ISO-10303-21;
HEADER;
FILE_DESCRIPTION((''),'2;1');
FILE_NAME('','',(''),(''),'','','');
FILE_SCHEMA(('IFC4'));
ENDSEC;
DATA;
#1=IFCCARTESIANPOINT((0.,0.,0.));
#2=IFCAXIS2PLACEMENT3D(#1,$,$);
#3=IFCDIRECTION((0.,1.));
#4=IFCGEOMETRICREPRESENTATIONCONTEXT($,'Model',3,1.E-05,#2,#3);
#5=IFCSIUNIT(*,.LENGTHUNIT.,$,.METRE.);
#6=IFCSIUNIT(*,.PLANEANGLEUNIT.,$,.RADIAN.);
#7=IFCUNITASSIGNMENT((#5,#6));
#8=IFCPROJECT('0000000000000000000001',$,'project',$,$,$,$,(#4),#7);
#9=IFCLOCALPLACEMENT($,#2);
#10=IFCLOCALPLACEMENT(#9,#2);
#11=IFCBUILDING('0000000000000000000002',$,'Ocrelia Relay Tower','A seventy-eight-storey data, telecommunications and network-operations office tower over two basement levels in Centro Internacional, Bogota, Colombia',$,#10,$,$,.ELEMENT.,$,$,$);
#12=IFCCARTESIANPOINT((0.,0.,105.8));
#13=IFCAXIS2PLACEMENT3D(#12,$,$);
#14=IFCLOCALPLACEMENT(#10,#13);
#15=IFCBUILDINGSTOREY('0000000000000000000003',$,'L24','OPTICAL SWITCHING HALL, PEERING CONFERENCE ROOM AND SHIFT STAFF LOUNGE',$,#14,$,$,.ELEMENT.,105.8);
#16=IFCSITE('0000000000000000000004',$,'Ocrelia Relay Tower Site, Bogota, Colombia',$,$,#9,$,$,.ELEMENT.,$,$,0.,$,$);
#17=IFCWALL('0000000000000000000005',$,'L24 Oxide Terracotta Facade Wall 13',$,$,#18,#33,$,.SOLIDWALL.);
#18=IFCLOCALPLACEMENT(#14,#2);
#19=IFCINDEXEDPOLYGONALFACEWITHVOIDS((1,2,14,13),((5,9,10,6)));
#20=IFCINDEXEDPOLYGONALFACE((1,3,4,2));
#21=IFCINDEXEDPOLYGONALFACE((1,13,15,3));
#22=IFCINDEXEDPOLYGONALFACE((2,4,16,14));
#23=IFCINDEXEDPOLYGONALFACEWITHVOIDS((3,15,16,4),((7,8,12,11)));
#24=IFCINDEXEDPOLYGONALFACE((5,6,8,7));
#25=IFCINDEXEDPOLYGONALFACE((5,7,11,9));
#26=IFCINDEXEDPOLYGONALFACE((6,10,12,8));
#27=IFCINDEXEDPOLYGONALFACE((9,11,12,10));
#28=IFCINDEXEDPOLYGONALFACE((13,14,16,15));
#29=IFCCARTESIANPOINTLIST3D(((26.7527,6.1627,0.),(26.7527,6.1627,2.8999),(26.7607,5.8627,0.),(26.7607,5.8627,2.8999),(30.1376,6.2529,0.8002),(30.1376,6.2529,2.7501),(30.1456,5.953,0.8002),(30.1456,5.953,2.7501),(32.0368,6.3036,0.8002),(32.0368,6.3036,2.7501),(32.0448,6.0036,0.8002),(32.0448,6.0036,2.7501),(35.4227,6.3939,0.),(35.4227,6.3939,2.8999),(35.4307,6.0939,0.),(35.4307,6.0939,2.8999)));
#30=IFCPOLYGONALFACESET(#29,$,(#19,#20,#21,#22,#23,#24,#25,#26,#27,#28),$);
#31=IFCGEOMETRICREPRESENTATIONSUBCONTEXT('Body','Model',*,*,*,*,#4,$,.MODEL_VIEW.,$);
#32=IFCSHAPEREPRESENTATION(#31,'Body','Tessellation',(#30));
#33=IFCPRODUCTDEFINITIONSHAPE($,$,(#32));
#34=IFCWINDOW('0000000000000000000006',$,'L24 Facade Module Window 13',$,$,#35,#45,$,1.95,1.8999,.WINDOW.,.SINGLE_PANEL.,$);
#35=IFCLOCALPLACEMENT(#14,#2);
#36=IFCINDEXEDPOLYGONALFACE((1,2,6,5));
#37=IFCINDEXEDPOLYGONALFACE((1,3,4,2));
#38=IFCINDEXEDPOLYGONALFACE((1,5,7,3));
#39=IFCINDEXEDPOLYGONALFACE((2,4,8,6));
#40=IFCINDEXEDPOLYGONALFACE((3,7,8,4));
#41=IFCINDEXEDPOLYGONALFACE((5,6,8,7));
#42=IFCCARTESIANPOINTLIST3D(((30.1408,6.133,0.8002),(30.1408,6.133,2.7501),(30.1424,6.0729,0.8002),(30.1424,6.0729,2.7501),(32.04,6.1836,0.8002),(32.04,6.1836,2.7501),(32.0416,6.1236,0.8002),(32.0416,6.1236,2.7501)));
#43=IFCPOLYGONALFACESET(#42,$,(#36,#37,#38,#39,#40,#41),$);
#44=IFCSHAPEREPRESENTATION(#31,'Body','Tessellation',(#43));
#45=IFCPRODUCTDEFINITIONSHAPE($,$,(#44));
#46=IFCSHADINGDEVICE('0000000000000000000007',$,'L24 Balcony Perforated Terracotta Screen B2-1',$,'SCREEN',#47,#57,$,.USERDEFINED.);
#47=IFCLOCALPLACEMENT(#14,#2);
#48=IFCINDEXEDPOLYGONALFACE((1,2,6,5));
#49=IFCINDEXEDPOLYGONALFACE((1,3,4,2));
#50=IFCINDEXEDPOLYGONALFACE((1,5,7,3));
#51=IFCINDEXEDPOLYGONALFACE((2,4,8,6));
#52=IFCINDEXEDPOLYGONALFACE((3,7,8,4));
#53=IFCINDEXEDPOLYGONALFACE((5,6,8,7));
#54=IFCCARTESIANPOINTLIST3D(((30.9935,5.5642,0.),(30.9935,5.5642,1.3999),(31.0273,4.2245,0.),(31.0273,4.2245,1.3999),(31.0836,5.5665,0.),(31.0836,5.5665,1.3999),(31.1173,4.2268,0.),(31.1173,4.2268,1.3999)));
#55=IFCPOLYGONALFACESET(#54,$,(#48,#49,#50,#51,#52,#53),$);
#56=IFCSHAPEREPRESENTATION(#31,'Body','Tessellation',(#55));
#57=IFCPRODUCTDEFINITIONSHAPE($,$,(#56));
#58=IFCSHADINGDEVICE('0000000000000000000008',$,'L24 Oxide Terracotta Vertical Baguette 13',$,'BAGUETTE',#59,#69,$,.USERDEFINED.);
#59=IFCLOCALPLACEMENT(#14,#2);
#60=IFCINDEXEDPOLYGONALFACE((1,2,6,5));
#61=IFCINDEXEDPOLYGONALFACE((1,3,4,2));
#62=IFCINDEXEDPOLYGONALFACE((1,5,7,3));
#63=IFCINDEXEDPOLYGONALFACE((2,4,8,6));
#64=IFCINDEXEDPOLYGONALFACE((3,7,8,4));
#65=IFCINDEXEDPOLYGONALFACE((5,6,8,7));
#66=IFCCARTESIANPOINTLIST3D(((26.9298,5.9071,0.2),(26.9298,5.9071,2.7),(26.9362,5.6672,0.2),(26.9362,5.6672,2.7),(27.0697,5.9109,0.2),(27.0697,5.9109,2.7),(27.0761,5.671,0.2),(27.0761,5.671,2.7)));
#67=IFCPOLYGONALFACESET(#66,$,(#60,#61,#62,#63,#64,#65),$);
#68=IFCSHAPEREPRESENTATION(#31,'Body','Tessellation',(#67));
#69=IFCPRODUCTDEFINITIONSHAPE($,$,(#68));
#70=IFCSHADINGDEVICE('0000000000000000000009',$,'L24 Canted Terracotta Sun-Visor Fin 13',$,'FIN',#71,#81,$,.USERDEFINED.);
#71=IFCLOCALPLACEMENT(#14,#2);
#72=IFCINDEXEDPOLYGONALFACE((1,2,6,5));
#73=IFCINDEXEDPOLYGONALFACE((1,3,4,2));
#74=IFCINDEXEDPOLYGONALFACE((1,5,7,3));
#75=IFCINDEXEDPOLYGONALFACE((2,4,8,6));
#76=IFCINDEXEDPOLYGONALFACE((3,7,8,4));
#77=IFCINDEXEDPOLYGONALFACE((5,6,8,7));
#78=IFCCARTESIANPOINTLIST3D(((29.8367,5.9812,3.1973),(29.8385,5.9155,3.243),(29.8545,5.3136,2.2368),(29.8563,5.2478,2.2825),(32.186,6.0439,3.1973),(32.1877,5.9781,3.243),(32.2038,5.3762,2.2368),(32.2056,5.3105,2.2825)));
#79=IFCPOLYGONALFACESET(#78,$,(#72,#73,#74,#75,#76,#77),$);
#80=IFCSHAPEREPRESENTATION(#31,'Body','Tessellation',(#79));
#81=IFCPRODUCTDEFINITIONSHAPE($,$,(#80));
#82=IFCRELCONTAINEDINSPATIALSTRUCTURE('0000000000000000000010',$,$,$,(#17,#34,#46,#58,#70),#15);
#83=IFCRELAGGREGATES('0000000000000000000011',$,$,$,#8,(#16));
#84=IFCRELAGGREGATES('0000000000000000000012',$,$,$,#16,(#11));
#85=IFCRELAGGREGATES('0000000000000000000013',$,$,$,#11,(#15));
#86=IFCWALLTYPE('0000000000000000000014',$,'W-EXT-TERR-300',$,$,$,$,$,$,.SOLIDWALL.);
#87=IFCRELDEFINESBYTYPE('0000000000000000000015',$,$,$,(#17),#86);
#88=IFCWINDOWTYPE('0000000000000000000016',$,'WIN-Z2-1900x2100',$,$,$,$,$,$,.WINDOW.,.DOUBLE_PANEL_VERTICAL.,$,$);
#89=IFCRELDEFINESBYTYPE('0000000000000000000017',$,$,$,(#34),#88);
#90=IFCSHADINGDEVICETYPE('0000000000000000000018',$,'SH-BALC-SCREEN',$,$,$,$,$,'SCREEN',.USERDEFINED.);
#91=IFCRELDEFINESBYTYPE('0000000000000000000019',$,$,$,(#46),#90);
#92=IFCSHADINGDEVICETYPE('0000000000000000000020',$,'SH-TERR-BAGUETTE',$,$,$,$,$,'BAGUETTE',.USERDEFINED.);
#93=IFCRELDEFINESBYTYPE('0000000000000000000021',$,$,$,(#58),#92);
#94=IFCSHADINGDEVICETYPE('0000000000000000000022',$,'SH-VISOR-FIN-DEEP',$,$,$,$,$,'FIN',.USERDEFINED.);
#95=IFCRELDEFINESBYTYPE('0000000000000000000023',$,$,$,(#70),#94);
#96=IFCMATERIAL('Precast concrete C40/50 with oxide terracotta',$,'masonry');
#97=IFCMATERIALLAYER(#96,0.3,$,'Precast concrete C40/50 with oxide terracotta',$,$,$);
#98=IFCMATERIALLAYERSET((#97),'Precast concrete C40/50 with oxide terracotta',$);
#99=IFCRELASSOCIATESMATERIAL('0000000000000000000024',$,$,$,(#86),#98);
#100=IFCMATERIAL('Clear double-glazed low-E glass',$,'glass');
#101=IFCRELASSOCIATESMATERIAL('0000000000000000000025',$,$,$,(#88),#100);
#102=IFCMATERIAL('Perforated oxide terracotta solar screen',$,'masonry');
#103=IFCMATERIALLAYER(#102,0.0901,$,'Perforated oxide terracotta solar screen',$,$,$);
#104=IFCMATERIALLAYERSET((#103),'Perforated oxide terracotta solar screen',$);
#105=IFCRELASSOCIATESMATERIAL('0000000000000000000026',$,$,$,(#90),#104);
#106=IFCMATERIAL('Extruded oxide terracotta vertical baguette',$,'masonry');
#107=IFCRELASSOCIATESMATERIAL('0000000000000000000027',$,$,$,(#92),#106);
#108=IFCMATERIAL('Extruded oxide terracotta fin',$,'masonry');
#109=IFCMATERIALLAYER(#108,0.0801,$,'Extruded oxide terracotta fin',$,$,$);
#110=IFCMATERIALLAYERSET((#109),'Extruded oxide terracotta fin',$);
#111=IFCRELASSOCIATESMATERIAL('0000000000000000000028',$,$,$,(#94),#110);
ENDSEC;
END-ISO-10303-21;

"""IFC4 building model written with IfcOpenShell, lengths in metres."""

from ifc_helpers import new_model, si_unit, direction, frame, frame_2d, origin, origin_2d, place, context, subcontext, project, spatial, rectangle, extrude, material, layer, layer_set, type_object, element, fill, save


model = new_model("IFC4")

# Units and contexts
model_context = context("Model", 3, precision=1e-05, world=origin(), true_north=direction((0.0, 1.0)))
body_context = subcontext(model_context, "Body", "Model", "MODEL_VIEW")
ifc_project = project(units=[si_unit("LENGTHUNIT", "METRE"), si_unit("PLANEANGLEUNIT", "RADIAN")], contexts=[model_context])

# Site, building, storey
site_placement = place(None, origin())
site = spatial("IfcSite", under=ifc_project, at=site_placement, Name="Ocrelia Relay Tower Site, Bogota, Colombia", CompositionType="ELEMENT", RefElevation=0.0)
building_placement = place(site_placement, origin())
building = spatial("IfcBuilding", under=site, at=building_placement, Name="Ocrelia Relay Tower", Description="A seventy-eight-storey data, telecommunications and network-operations office tower over two basement levels in Centro Internacional, Bogota, Colombia", CompositionType="ELEMENT")
storey_placement = place(building_placement, frame((0.0, 0.0, 105.8)))
storey = spatial("IfcBuildingStorey", under=building, at=storey_placement, Name="L24", Description="OPTICAL SWITCHING HALL, PEERING CONFERENCE ROOM AND SHIFT STAFF LOUNGE", CompositionType="ELEMENT", Elevation=105.8)

# Wall, opening, window
ifc_material_1 = material(Name="Precast concrete C40/50 with oxide terracotta", Category="masonry")
ifc_layer_1 = layer(ifc_material_1, 0.3, Name="Precast concrete C40/50 with oxide terracotta")
ifc_layer_set_1 = layer_set([ifc_layer_1], Name="Precast concrete C40/50 with oxide terracotta")
wall_type_1 = type_object("IfcWallType", Name="W-EXT-TERR-300", PredefinedType="SOLIDWALL", material=ifc_layer_set_1)
wall_1_placement = place(storey_placement, frame((26.7568, 6.0127, 0.0), z_axis=(0.0, 0.0, 1.0), x_axis=(0.999645, 0.026658, 0.0)))
wall_1 = element("IfcWall", 1, at=wall_1_placement, inside=storey, type_object=wall_type_1, Name="L24 Oxide Terracotta Facade Wall 13", PredefinedType="SOLIDWALL", context=body_context, shape_type="SweptSolid", body=[
    extrude(rectangle(XDim=8.6731, YDim=0.3, at=frame_2d((4.3364, 0.0))), origin(), (0.0, 0.0, 1.0), 2.8999),
])
opening_1_placement = place(wall_1_placement, frame((3.386, 0.0, 0.8)))
opening_1 = element("IfcOpeningElement", 2, at=opening_1_placement, cuts=wall_1, PredefinedType="OPENING", context=body_context, shape_type="SweptSolid", body=[
    extrude(rectangle(XDim=1.8999, YDim=1.95, at=frame_2d((0.95, 0.9751))), frame((0.0, 0.1602, 0.0), z_axis=(0.0, -1.0, 0.0), x_axis=(1.0, 0.0, 0.0)), (0.0, 0.0, 1.0), 0.3201),
])
ifc_material_2 = material(Name="Clear double-glazed low-E glass", Category="glass")
window_type = type_object("IfcWindowType", Name="WIN-Z2-1900x2100", PartitioningType="DOUBLE_PANEL_VERTICAL", PredefinedType="WINDOW", material=ifc_material_2)
window_placement = place(opening_1_placement, origin())
window = element("IfcWindow", 3, at=window_placement, inside=storey, type_object=window_type, Name="L24 Facade Module Window 13", OverallHeight=1.95, OverallWidth=1.8999, PartitioningType="SINGLE_PANEL", PredefinedType="WINDOW", context=body_context, shape_type="SweptSolid", body=[
    extrude(rectangle(XDim=1.8999, YDim=1.95, at=frame_2d((0.95, 0.9751))), frame((0.0, 0.03, 0.0), z_axis=(0.0, -1.0, 0.0), x_axis=(1.0, 0.0, 0.0)), (0.0, 0.0, 1.0), 0.0601),
])
fill(opening_1, window)

# Shading devices
ifc_material_3 = material(Name="Perforated oxide terracotta solar screen", Category="masonry")
ifc_layer_2 = layer(ifc_material_3, 0.0901, Name="Perforated oxide terracotta solar screen")
ifc_layer_set_2 = layer_set([ifc_layer_2], Name="Perforated oxide terracotta solar screen")
shading_device_type_1 = type_object("IfcShadingDeviceType", Name="SH-BALC-SCREEN", ElementType="SCREEN", PredefinedType="USERDEFINED", material=ifc_layer_set_2)
shading_device_1_placement = place(storey_placement, frame((31.0554, 4.8955, 0.0), z_axis=(0.0, 0.0, 1.0), x_axis=(0.025189, -0.999683, 0.0)))
element("IfcShadingDevice", 4, at=shading_device_1_placement, inside=storey, type_object=shading_device_type_1, Name="L24 Balcony Perforated Terracotta Screen B2-1", ObjectType="SCREEN", PredefinedType="USERDEFINED", context=body_context, shape_type="SweptSolid", body=[
    extrude(rectangle(XDim=1.3401, YDim=0.0901, at=origin_2d()), origin(), (0.0, 0.0, 1.0), 1.3999),
])
ifc_material_4 = material(Name="Extruded oxide terracotta vertical baguette", Category="masonry")
shading_device_type_2 = type_object("IfcShadingDeviceType", Name="SH-TERR-BAGUETTE", ElementType="BAGUETTE", PredefinedType="USERDEFINED", material=ifc_material_4)
shading_device_2_placement = place(storey_placement, frame((27.0029, 5.7891, 0.2), z_axis=(0.0, 0.0, 1.0), x_axis=(0.999644, 0.026669, 0.0)))
element("IfcShadingDevice", 5, at=shading_device_2_placement, inside=storey, type_object=shading_device_type_2, Name="L24 Oxide Terracotta Vertical Baguette 13", ObjectType="BAGUETTE", PredefinedType="USERDEFINED", context=body_context, shape_type="SweptSolid", body=[
    extrude(rectangle(XDim=0.1399, YDim=0.24, at=origin_2d()), origin(), (0.0, 0.0, 1.0), 2.5),
])
ifc_material_5 = material(Name="Extruded oxide terracotta fin", Category="masonry")
ifc_layer_3 = layer(ifc_material_5, 0.0801, Name="Extruded oxide terracotta fin")
ifc_layer_set_3 = layer_set([ifc_layer_3], Name="Extruded oxide terracotta fin")
shading_device_type_3 = type_object("IfcShadingDeviceType", Name="SH-VISOR-FIN-DEEP", ElementType="FIN", PredefinedType="USERDEFINED", material=ifc_layer_set_3)
shading_device_3_placement = place(storey_placement, frame((31.0203, 5.6787, 2.717), z_axis=(0.021897, -0.820758, 0.570857), x_axis=(0.999644, 0.026669, 0.0)))
element("IfcShadingDevice", 6, at=shading_device_3_placement, inside=storey, type_object=shading_device_type_3, Name="L24 Canted Terracotta Sun-Visor Fin 13", ObjectType="FIN", PredefinedType="USERDEFINED", context=body_context, shape_type="SweptSolid", body=[
    extrude(rectangle(XDim=2.3501, YDim=1.1699, at=origin_2d()), origin(), (0.0, 0.0, 1.0), 0.0801),
])

save(model, "model.ifc")
